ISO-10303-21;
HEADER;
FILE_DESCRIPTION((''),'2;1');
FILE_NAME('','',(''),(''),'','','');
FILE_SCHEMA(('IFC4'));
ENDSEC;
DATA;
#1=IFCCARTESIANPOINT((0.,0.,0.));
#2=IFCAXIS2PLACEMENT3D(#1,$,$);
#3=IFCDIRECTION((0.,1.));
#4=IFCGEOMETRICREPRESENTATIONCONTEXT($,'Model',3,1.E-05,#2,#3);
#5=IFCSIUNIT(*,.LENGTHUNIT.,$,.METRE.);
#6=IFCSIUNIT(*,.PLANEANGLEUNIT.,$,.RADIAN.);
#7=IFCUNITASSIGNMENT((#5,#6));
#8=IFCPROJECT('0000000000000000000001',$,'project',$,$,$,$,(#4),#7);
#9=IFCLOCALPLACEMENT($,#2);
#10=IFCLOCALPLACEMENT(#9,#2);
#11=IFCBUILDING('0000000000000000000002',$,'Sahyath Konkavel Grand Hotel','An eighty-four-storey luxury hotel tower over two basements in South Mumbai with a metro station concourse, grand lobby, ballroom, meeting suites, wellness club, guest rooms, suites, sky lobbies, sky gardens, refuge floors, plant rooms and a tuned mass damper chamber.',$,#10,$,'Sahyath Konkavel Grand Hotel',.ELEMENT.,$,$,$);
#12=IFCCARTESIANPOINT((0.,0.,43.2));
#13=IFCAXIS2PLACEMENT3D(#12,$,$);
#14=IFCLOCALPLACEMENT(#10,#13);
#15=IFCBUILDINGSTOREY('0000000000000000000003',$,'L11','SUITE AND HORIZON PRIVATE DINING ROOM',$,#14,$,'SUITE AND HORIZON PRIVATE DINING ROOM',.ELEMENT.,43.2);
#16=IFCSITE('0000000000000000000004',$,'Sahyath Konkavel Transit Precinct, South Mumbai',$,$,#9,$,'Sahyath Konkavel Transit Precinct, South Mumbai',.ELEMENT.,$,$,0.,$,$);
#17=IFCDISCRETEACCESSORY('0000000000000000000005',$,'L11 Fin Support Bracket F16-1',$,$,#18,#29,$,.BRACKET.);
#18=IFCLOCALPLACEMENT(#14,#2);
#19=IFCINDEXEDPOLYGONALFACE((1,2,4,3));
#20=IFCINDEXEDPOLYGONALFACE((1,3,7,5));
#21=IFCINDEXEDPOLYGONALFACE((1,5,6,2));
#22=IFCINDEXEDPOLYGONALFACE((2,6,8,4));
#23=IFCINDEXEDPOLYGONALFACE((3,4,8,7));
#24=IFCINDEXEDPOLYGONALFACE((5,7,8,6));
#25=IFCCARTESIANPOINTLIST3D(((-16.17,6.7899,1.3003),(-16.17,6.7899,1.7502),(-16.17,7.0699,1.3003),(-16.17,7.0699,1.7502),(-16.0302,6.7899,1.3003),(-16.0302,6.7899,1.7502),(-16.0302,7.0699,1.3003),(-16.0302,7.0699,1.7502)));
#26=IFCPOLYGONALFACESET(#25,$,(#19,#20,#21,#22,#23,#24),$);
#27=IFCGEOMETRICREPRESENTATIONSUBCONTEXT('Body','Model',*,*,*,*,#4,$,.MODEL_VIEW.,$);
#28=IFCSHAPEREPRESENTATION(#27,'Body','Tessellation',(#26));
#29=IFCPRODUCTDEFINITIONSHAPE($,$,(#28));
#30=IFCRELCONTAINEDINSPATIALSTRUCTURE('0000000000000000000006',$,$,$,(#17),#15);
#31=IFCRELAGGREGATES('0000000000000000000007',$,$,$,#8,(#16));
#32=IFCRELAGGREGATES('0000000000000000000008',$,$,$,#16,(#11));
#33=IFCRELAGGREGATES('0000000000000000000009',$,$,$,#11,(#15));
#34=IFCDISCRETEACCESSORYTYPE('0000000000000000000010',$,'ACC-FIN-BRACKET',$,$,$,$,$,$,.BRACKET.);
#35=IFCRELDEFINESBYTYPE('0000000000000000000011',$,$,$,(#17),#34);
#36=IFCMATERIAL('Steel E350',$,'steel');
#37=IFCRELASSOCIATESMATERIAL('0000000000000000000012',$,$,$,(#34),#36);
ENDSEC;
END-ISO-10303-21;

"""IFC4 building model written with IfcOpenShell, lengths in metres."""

from ifc_helpers import new_model, si_unit, direction, frame, origin, origin_2d, place, context, subcontext, project, spatial, rectangle, extrude, source, transform, mapped, material, type_object, element, save


model = new_model("IFC4")

# Units and contexts
model_context = context("Model", 3, precision=1e-05, world=origin(), true_north=direction((0.0, 1.0)))
body_context = subcontext(model_context, "Body", "Model", "MODEL_VIEW")
ifc_project = project(units=[si_unit("LENGTHUNIT", "METRE"), si_unit("PLANEANGLEUNIT", "RADIAN")], contexts=[model_context])

# Site, building, storey
site_placement = place(None, origin())
site = spatial("IfcSite", under=ifc_project, at=site_placement, Name="Sahyath Konkavel Transit Precinct, South Mumbai", LongName="Sahyath Konkavel Transit Precinct, South Mumbai", CompositionType="ELEMENT", RefElevation=0.0)
building_placement = place(site_placement, origin())
building = spatial("IfcBuilding", under=site, at=building_placement, Name="Sahyath Konkavel Grand Hotel", Description="An eighty-four-storey luxury hotel tower over two basements in South Mumbai with a metro station concourse, grand lobby, ballroom, meeting suites, wellness club, guest rooms, suites, sky lobbies, sky gardens, refuge floors, plant rooms and a tuned mass damper chamber.", LongName="Sahyath Konkavel Grand Hotel", CompositionType="ELEMENT")
storey_placement = place(building_placement, frame((0.0, 0.0, 43.2)))
storey = spatial("IfcBuildingStorey", under=building, at=storey_placement, Name="L11", Description="SUITE AND HORIZON PRIVATE DINING ROOM", LongName="SUITE AND HORIZON PRIVATE DINING ROOM", CompositionType="ELEMENT", Elevation=43.2)

# Discrete accessory
ifc_material_1 = material(Name="Steel E350", Category="steel")
discrete_accessory_type = type_object("IfcDiscreteAccessoryType", Name="ACC-FIN-BRACKET", PredefinedType="BRACKET", material=ifc_material_1)
shared_shape_1 = source(origin(), body_context, "Body", "SweptSolid", [
    extrude(rectangle(XDim=0.28, YDim=0.1399, at=origin_2d()), origin(), (0.0, 0.0, 1.0), 0.45),
])
for number, where, z_axis, x_axis, name in (
    (1, (-16.1001, 6.9299, 1.3003), (0.0, 0.0, 1.0), (0.0, 1.0, 0.0), "L11 Fin Support Bracket F16-1"),
):
    element("IfcDiscreteAccessory", number, at=place(storey_placement, frame(where, z_axis=z_axis, x_axis=x_axis)), inside=storey, type_object=discrete_accessory_type, Name=name, PredefinedType="BRACKET", context=body_context, shape_type="MappedRepresentation", body=[
        mapped(shared_shape_1, transform((0.0, 0.0, 0.0), scale=1.0)),
    ])

save(model, "model.ifc")
